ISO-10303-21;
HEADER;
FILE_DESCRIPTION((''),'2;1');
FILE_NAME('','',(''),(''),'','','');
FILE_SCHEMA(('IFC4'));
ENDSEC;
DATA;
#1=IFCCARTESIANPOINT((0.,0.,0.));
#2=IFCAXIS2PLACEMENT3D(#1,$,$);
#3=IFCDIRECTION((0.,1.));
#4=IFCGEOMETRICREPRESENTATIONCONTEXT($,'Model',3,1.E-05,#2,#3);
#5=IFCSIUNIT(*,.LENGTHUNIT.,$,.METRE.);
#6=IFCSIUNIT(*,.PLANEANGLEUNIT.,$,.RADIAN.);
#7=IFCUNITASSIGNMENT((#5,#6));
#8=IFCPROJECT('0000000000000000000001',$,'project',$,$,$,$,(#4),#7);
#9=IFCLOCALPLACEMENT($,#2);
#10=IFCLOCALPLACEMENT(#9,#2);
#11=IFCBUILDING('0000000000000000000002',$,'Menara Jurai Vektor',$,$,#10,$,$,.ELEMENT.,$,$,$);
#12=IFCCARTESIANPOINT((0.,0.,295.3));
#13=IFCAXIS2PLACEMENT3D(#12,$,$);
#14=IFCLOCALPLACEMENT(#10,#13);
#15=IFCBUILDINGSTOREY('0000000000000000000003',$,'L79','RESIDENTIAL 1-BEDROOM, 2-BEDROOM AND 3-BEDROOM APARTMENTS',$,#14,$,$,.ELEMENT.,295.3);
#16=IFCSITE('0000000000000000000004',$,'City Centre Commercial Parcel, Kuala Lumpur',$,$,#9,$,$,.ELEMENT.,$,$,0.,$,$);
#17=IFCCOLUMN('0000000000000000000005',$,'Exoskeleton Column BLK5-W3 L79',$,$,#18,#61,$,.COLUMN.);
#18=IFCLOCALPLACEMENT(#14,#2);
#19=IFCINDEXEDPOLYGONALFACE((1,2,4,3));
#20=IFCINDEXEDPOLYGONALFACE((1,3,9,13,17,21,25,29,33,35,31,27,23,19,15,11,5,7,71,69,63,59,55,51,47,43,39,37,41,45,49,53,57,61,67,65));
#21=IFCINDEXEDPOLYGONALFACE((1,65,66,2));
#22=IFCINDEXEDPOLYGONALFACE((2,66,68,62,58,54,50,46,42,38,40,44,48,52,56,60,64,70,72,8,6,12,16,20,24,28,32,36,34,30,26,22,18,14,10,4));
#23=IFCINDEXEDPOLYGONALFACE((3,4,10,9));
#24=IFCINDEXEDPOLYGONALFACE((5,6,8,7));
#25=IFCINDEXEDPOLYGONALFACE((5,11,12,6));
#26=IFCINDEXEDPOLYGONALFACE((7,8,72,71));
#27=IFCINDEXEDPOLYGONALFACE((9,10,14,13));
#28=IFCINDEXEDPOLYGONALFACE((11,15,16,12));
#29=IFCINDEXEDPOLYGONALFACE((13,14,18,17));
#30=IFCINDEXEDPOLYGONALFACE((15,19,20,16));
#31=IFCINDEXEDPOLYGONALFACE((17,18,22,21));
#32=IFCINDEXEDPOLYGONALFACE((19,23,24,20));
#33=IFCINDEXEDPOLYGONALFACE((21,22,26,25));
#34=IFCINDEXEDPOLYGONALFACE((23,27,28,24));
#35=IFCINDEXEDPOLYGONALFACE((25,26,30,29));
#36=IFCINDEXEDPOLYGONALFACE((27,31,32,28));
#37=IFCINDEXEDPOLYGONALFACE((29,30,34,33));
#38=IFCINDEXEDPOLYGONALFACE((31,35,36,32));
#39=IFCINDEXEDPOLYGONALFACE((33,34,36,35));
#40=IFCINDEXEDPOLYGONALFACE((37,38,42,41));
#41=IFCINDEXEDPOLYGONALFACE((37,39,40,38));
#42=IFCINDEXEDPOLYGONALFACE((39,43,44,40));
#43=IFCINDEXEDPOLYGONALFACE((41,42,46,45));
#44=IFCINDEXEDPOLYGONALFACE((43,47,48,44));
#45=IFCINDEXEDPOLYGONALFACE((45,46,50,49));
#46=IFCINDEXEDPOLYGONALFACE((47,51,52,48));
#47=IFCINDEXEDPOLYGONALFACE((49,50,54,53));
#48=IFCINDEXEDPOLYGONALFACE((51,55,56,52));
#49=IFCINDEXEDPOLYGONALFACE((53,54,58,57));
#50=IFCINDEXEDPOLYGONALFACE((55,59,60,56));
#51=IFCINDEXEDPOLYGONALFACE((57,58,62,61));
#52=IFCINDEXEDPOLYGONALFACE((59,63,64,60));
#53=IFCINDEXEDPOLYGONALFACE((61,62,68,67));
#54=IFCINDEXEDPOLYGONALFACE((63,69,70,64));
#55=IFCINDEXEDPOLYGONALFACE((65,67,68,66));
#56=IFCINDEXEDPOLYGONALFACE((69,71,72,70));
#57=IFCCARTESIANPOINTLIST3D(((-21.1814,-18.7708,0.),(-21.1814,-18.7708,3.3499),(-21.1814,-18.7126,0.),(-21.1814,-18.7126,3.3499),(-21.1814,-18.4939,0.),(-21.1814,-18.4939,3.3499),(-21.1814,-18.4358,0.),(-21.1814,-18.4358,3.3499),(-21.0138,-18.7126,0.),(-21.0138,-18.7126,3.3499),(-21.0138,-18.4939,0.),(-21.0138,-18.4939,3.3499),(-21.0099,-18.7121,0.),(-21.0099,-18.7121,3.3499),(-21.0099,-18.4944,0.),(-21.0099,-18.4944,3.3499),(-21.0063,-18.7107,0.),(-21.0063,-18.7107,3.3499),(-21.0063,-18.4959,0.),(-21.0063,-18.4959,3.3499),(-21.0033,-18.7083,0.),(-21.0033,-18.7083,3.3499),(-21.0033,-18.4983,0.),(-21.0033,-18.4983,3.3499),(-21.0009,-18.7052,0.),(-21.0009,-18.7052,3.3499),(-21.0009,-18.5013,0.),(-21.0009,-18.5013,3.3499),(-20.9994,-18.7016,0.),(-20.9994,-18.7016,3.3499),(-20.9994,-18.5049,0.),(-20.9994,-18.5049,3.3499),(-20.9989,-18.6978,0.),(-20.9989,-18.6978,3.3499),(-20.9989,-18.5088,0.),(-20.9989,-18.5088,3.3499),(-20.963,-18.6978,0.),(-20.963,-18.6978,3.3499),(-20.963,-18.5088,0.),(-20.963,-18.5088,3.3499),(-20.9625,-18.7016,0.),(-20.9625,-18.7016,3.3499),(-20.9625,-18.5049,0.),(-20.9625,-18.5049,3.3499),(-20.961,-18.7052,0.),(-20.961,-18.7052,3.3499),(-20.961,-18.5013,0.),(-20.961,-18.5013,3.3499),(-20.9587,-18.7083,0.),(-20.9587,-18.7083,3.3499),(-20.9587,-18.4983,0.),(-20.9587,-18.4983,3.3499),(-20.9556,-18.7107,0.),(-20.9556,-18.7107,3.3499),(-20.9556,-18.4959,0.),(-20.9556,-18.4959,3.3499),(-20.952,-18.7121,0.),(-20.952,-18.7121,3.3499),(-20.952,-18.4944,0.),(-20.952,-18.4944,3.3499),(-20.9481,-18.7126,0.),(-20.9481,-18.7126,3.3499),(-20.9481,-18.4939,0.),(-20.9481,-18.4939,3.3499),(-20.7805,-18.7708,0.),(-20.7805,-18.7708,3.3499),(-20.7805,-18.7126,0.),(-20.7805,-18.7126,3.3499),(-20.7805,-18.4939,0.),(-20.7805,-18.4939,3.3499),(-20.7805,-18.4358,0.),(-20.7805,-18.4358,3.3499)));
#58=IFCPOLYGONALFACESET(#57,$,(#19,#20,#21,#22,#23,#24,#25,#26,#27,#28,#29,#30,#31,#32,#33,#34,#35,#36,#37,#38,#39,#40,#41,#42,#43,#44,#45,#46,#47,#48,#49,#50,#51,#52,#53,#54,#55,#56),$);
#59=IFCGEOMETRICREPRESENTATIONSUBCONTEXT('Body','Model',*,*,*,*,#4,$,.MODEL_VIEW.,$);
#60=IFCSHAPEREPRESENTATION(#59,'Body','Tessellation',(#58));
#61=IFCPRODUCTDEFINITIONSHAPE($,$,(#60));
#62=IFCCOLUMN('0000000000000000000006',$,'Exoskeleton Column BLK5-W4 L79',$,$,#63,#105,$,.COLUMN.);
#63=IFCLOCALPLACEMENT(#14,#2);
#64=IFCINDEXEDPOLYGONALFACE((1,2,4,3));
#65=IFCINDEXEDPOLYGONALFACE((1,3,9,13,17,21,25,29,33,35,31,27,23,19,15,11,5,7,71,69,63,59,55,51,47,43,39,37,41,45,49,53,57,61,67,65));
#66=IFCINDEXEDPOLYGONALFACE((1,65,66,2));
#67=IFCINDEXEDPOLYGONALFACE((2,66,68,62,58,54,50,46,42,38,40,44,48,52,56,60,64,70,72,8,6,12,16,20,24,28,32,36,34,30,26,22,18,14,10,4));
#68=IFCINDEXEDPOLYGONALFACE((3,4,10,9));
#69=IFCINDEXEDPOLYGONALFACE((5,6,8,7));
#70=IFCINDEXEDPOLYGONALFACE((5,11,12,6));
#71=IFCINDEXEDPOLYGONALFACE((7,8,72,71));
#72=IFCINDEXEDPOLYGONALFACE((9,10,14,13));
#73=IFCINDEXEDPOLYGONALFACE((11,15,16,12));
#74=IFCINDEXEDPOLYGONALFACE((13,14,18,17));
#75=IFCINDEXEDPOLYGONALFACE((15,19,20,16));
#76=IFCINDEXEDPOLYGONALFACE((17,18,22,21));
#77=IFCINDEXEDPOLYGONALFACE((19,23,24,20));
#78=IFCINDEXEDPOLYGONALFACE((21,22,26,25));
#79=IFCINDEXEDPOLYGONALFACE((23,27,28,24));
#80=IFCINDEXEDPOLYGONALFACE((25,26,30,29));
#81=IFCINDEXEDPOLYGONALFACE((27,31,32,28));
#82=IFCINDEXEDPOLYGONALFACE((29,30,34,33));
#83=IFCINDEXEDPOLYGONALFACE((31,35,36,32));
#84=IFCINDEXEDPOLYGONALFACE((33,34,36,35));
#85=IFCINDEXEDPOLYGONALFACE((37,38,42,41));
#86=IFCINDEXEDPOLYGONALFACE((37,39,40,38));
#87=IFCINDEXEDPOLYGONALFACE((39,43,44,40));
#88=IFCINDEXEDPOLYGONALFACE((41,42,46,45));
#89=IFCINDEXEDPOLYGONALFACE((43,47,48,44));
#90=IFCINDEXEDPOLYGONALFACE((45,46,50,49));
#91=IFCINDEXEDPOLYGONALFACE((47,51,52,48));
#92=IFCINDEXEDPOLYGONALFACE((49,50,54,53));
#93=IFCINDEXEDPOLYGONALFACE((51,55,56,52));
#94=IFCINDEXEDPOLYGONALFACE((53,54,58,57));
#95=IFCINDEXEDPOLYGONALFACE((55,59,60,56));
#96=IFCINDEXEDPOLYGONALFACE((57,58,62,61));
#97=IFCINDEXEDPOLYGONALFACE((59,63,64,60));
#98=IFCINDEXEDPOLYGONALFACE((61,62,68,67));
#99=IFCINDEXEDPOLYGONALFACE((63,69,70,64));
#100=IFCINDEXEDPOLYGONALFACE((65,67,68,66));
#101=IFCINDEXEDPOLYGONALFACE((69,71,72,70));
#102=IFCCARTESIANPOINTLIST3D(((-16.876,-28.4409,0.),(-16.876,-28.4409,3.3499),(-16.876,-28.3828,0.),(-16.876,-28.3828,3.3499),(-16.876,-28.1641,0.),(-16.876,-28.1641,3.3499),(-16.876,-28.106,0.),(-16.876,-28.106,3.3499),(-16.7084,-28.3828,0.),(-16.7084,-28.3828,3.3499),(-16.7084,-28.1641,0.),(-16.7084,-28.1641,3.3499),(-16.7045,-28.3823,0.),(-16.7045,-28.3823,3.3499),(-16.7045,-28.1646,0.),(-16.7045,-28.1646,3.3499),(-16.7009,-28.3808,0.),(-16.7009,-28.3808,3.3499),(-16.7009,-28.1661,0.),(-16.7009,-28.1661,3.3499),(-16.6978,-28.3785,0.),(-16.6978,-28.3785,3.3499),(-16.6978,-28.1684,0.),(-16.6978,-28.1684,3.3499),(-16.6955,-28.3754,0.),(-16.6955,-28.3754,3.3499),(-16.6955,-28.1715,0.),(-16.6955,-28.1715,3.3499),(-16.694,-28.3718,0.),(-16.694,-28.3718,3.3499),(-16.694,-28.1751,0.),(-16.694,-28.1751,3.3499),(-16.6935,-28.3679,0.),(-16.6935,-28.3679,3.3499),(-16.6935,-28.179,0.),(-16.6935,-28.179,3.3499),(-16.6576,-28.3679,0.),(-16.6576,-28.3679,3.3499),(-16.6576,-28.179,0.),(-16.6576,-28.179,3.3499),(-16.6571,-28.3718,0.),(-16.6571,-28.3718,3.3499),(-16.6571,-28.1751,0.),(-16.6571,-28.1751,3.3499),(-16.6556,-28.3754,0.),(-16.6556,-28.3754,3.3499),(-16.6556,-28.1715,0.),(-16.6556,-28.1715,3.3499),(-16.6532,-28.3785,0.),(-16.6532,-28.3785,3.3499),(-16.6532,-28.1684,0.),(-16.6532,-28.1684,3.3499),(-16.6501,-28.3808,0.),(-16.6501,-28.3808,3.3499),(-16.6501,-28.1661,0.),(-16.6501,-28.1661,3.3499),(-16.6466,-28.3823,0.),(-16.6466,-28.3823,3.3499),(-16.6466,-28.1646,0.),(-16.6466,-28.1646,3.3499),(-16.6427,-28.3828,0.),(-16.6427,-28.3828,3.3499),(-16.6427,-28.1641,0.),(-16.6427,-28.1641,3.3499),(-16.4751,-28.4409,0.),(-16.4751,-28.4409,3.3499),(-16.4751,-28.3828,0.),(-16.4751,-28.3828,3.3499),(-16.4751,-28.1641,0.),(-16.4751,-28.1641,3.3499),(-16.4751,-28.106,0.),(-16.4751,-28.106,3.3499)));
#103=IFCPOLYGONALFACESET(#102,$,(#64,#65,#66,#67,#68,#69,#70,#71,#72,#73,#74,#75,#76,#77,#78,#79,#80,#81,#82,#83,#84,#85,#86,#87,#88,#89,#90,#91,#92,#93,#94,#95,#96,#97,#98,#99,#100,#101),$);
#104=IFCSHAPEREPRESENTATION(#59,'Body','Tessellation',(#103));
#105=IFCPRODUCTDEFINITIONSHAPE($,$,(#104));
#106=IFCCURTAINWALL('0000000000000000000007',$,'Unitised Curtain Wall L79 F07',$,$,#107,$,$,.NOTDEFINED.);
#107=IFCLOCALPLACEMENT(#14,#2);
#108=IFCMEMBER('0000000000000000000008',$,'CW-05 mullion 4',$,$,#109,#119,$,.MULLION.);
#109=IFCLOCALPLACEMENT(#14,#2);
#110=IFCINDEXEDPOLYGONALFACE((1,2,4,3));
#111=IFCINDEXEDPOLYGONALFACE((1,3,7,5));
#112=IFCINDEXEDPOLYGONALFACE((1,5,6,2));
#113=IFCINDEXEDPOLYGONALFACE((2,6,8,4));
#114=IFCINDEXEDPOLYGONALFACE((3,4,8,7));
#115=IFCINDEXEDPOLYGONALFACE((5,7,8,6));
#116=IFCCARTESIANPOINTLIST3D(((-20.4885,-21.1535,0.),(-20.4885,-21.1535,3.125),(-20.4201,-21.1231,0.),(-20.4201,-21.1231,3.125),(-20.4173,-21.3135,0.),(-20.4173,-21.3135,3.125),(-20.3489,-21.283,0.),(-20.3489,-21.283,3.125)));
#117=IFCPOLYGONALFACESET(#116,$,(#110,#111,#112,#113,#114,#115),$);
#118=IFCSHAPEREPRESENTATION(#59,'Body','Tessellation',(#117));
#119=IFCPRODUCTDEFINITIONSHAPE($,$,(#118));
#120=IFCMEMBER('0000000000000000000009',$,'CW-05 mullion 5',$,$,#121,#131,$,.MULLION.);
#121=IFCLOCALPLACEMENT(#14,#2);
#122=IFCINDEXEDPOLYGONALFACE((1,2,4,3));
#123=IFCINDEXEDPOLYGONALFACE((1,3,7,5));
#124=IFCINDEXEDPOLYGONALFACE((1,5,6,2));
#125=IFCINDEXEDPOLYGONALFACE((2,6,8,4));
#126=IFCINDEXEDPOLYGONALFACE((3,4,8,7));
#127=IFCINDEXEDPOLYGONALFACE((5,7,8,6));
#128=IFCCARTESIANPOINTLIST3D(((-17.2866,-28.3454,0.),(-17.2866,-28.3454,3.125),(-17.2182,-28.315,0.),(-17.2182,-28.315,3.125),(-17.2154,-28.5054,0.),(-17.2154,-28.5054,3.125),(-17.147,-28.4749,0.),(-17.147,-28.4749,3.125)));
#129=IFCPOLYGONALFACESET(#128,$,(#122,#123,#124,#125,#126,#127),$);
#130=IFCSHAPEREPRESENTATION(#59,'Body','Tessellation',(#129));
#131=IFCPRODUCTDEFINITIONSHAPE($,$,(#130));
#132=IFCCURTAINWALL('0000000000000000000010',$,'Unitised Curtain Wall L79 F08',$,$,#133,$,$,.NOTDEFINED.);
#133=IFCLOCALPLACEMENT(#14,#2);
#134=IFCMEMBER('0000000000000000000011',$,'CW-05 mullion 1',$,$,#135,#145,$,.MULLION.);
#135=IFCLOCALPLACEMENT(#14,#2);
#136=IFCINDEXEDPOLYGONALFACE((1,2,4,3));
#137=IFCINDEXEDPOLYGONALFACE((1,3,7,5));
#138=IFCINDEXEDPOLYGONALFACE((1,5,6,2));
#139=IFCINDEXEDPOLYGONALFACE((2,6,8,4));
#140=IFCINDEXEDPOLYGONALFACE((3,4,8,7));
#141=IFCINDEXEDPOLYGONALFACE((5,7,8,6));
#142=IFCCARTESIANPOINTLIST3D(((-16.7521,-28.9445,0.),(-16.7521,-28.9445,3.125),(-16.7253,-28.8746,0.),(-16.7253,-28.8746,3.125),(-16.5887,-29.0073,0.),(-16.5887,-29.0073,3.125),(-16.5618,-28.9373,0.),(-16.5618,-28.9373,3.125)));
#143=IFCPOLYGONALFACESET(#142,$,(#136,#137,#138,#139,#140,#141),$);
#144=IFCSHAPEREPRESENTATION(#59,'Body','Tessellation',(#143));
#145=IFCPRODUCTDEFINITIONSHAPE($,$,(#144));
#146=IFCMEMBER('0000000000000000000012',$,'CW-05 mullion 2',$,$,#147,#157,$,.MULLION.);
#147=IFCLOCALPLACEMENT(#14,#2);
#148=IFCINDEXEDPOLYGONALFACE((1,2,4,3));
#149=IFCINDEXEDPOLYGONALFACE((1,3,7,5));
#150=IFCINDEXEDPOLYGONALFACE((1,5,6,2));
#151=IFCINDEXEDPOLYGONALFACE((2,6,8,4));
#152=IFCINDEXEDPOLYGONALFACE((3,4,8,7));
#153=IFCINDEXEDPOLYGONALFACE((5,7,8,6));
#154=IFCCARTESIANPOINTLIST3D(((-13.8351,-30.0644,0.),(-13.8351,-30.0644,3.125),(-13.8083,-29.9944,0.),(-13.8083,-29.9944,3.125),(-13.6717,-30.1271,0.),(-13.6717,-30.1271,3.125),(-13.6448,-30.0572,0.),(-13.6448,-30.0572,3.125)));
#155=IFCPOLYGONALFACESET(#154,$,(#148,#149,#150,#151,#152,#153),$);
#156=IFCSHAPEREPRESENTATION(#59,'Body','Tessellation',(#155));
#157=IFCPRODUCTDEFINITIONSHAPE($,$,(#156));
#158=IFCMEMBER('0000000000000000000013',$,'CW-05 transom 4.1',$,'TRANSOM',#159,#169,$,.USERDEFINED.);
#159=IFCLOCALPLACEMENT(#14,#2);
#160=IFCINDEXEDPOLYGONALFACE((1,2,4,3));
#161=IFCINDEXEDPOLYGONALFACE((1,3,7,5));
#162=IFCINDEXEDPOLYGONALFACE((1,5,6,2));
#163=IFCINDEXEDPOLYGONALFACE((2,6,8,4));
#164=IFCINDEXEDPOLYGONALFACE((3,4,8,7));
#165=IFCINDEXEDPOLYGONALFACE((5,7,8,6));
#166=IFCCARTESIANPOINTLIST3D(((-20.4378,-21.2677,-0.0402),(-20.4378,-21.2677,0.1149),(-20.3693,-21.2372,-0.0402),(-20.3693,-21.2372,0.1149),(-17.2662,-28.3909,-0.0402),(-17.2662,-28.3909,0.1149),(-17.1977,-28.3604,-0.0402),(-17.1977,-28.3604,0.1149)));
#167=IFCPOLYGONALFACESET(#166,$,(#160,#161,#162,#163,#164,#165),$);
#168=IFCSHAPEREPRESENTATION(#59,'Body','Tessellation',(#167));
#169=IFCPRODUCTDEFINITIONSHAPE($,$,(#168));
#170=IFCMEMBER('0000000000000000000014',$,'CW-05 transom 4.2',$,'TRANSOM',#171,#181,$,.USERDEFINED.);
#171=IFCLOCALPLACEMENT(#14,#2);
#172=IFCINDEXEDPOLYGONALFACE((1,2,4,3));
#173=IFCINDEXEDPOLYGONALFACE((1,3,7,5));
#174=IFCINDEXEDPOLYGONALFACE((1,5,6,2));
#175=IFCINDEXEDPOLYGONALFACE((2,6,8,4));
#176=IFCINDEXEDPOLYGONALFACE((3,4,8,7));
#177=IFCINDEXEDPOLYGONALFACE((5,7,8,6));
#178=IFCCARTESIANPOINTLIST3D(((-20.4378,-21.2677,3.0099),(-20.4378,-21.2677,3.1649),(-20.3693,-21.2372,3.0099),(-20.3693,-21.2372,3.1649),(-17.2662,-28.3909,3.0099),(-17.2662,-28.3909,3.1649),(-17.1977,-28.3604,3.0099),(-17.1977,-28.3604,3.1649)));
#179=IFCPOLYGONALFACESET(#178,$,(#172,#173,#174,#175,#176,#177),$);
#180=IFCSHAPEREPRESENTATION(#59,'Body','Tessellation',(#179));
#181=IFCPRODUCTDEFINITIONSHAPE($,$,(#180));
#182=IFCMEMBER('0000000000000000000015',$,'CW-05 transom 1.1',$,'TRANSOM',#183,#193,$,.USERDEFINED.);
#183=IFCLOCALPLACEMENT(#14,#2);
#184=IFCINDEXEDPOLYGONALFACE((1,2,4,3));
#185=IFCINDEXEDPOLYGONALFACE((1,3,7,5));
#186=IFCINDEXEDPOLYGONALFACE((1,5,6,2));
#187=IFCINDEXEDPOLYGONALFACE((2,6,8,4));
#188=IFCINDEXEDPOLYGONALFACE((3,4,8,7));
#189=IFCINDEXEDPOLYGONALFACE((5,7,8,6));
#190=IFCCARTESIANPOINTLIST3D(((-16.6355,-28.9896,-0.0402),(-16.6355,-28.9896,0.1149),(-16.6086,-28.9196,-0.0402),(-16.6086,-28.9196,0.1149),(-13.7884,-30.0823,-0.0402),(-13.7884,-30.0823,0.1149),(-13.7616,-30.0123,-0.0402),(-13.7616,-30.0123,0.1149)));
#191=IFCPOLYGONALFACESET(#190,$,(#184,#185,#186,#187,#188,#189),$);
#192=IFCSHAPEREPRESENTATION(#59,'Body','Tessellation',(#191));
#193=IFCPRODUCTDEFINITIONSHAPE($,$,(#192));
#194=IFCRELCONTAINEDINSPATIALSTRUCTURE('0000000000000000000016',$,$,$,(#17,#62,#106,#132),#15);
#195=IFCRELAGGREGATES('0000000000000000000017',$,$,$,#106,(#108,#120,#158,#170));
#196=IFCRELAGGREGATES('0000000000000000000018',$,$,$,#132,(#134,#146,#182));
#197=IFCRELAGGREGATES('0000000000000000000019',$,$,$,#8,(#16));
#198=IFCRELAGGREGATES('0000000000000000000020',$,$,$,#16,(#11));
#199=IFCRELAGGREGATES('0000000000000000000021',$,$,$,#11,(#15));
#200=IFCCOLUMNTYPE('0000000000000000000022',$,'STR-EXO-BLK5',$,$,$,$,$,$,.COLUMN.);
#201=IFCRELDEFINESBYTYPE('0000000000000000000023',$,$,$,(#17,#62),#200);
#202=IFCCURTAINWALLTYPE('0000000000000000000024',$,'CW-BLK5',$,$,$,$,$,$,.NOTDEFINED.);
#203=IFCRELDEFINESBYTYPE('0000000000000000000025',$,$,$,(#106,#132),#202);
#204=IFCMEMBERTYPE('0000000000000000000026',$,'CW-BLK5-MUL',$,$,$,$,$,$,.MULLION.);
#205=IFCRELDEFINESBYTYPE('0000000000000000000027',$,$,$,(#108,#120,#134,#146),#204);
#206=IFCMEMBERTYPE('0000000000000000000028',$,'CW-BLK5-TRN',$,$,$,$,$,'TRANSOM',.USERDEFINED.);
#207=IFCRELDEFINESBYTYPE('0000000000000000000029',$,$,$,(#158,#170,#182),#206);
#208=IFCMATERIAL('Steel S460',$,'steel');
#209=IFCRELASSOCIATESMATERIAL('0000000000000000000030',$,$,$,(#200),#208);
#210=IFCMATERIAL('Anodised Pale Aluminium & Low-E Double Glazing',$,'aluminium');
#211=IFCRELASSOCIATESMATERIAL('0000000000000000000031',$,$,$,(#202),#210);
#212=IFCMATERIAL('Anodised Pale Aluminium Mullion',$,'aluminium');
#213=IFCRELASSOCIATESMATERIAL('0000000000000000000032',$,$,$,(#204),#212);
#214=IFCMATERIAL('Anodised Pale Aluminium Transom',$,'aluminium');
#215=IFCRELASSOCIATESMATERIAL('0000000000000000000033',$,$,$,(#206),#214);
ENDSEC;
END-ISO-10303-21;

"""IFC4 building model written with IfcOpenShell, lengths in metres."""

from ifc_helpers import new_model, si_unit, direction, frame, origin, origin_2d, place, context, subcontext, project, spatial, rectangle, i_section, extrude, material, material_profile, profile_set, type_object, element, aggregate, save


model = new_model("IFC4")

# Units and contexts
model_context = context("Model", 3, precision=1e-05, world=origin(), true_north=direction((0.0, 1.0)))
body_context = subcontext(model_context, "Body", "Model", "MODEL_VIEW")
ifc_project = project(units=[si_unit("LENGTHUNIT", "METRE"), si_unit("PLANEANGLEUNIT", "RADIAN")], contexts=[model_context])

# Site, building, storey
site_placement = place(None, origin())
site = spatial("IfcSite", under=ifc_project, at=site_placement, Name="City Centre Commercial Parcel, Kuala Lumpur", CompositionType="ELEMENT", RefElevation=0.0)
building_placement = place(site_placement, origin())
building = spatial("IfcBuilding", under=site, at=building_placement, Name="Menara Jurai Vektor", CompositionType="ELEMENT")
storey_placement = place(building_placement, frame((0.0, 0.0, 295.3)))
storey = spatial("IfcBuildingStorey", under=building, at=storey_placement, Name="L79", Description="RESIDENTIAL 1-BEDROOM, 2-BEDROOM AND 3-BEDROOM APARTMENTS", CompositionType="ELEMENT", Elevation=295.3)

# Columns
ifc_material_1 = material(Name="Steel S460", Category="steel")
ifc_material_profile_1 = material_profile(ifc_material_1, i_section(OverallWidth=0.4009, OverallDepth=0.335, WebThickness=0.0359, FlangeThickness=0.0581, FilletRadius=0.0149, at=origin_2d()), Name="HD 400x463")
ifc_profile_set_1 = profile_set([ifc_material_profile_1], Name="Steel S460")
column_type = type_object("IfcColumnType", Name="STR-EXO-BLK5", PredefinedType="COLUMN", material=ifc_profile_set_1)
for number, where, z_axis, x_axis, name in (
    (1, (-20.981, -18.6033, 0.0), (0.0, 0.0, 1.0), (1.0, 0.0, 0.0), "Exoskeleton Column BLK5-W3 L79"),
    (2, (-16.6755, -28.2734, 0.0), (0.0, 0.0, 1.0), (1.0, 0.0, 0.0), "Exoskeleton Column BLK5-W4 L79"),
):
    element("IfcColumn", number, at=place(storey_placement, frame(where, z_axis=z_axis, x_axis=x_axis)), inside=storey, type_object=column_type, Name=name, PredefinedType="COLUMN", context=body_context, shape_type="SweptSolid", body=[
        extrude(i_section(OverallWidth=0.4009, OverallDepth=0.335, WebThickness=0.0359, FlangeThickness=0.0581, FilletRadius=0.0149, at=origin_2d()), origin(), (0.0, 0.0, 1.0), 3.3499),
    ])

# Curtain walls, members
ifc_material_2 = material(Name="Anodised Pale Aluminium & Low-E Double Glazing", Category="aluminium")
curtain_wall_type = type_object("IfcCurtainWallType", Name="CW-BLK5", PredefinedType="NOTDEFINED", material=ifc_material_2)
curtain_wall_1_placement = place(storey_placement, origin())
curtain_wall_1 = element("IfcCurtainWall", 3, at=curtain_wall_1_placement, inside=storey, type_object=curtain_wall_type, Name="Unitised Curtain Wall L79 F07", PredefinedType="NOTDEFINED")
ifc_material_3 = material(Name="Anodised Pale Aluminium Mullion", Category="aluminium")
ifc_material_profile_2 = material_profile(ifc_material_3, rectangle(XDim=0.075, YDim=0.175, at=origin_2d()), Name="ALU MUL 75x175")
ifc_profile_set_2 = profile_set([ifc_material_profile_2], Name="Anodised Pale Aluminium Mullion")
member_type_1 = type_object("IfcMemberType", Name="CW-BLK5-MUL", PredefinedType="MULLION", material=ifc_profile_set_2)
member_1_placement = place(storey_placement, frame((-20.4187, -21.2183, 0.0), z_axis=(0.0, 0.0, 1.0), x_axis=(0.913546, 0.406735, 0.0)))
member_1 = element("IfcMember", 4, at=member_1_placement, type_object=member_type_1, Name="CW-05 mullion 4", PredefinedType="MULLION", context=body_context, shape_type="SweptSolid", body=[
    extrude(rectangle(XDim=0.075, YDim=0.175, at=origin_2d()), origin(), (0.0, 0.0, 1.0), 3.125),
])
member_2_placement = place(storey_placement, frame((-17.2168, -28.4102, 0.0), z_axis=(0.0, 0.0, 1.0), x_axis=(0.913546, 0.406735, 0.0)))
member_2 = element("IfcMember", 5, at=member_2_placement, type_object=member_type_1, Name="CW-05 mullion 5", PredefinedType="MULLION", context=body_context, shape_type="SweptSolid", body=[
    extrude(rectangle(XDim=0.075, YDim=0.175, at=origin_2d()), origin(), (0.0, 0.0, 1.0), 3.125),
])
curtain_wall_2_placement = place(storey_placement, origin())
curtain_wall_2 = element("IfcCurtainWall", 6, at=curtain_wall_2_placement, inside=storey, type_object=curtain_wall_type, Name="Unitised Curtain Wall L79 F08", PredefinedType="NOTDEFINED")
member_3_placement = place(storey_placement, frame((-16.657, -28.9409, 0.0), z_axis=(0.0, 0.0, 1.0), x_axis=(0.358374, 0.933578, 0.0)))
member_3 = element("IfcMember", 7, at=member_3_placement, type_object=member_type_1, Name="CW-05 mullion 1", PredefinedType="MULLION", context=body_context, shape_type="SweptSolid", body=[
    extrude(rectangle(XDim=0.075, YDim=0.175, at=origin_2d()), origin(), (0.0, 0.0, 1.0), 3.125),
])
member_4_placement = place(storey_placement, frame((-13.74, -30.0608, 0.0), z_axis=(0.0, 0.0, 1.0), x_axis=(0.358374, 0.933578, 0.0)))
member_4 = element("IfcMember", 8, at=member_4_placement, type_object=member_type_1, Name="CW-05 mullion 2", PredefinedType="MULLION", context=body_context, shape_type="SweptSolid", body=[
    extrude(rectangle(XDim=0.075, YDim=0.175, at=origin_2d()), origin(), (0.0, 0.0, 1.0), 3.125),
])

# Members
ifc_material_4 = material(Name="Anodised Pale Aluminium Transom", Category="aluminium")
ifc_material_profile_3 = material_profile(ifc_material_4, rectangle(XDim=0.075, YDim=0.155, at=origin_2d()), Name="ALU TRN 75x155")
ifc_profile_set_3 = profile_set([ifc_material_profile_3], Name="Anodised Pale Aluminium Transom")
member_type_2 = type_object("IfcMemberType", Name="CW-BLK5-TRN", ElementType="TRANSOM", PredefinedType="USERDEFINED", material=ifc_profile_set_3)
member_5_placement = place(storey_placement, frame((-20.4036, -21.2524, 0.0374), z_axis=(0.406751, -0.913539, 0.0), x_axis=(0.913539, 0.406751, 0.0)))
member_5 = element("IfcMember", 9, at=member_5_placement, type_object=member_type_2, Name="CW-05 transom 4.1", ObjectType="TRANSOM", PredefinedType="USERDEFINED", context=body_context, shape_type="SweptSolid", body=[
    extrude(rectangle(XDim=0.075, YDim=0.155, at=origin_2d()), origin(), (0.0, 0.0, 1.0), 7.7974),
])
member_6_placement = place(storey_placement, frame((-20.4036, -21.2524, 3.0874), z_axis=(0.406751, -0.913539, 0.0), x_axis=(0.913539, 0.406751, 0.0)))
member_6 = element("IfcMember", 10, at=member_6_placement, type_object=member_type_2, Name="CW-05 transom 4.2", ObjectType="TRANSOM", PredefinedType="USERDEFINED", context=body_context, shape_type="SweptSolid", body=[
    extrude(rectangle(XDim=0.075, YDim=0.155, at=origin_2d()), origin(), (0.0, 0.0, 1.0), 7.7974),
])
member_7_placement = place(storey_placement, frame((-16.6221, -28.9546, 0.0374), z_axis=(0.933597, -0.358325, 0.0), x_axis=(0.358325, 0.933597, 0.0)))
member_7 = element("IfcMember", 11, at=member_7_placement, type_object=member_type_2, Name="CW-05 transom 1.1", ObjectType="TRANSOM", PredefinedType="USERDEFINED", context=body_context, shape_type="SweptSolid", body=[
    extrude(rectangle(XDim=0.075, YDim=0.155, at=origin_2d()), origin(), (0.0, 0.0, 1.0), 3.0496),
])

aggregate(curtain_wall_1, [member_1, member_2, member_5, member_6])
aggregate(curtain_wall_2, [member_3, member_4, member_7])

save(model, "model.ifc")
